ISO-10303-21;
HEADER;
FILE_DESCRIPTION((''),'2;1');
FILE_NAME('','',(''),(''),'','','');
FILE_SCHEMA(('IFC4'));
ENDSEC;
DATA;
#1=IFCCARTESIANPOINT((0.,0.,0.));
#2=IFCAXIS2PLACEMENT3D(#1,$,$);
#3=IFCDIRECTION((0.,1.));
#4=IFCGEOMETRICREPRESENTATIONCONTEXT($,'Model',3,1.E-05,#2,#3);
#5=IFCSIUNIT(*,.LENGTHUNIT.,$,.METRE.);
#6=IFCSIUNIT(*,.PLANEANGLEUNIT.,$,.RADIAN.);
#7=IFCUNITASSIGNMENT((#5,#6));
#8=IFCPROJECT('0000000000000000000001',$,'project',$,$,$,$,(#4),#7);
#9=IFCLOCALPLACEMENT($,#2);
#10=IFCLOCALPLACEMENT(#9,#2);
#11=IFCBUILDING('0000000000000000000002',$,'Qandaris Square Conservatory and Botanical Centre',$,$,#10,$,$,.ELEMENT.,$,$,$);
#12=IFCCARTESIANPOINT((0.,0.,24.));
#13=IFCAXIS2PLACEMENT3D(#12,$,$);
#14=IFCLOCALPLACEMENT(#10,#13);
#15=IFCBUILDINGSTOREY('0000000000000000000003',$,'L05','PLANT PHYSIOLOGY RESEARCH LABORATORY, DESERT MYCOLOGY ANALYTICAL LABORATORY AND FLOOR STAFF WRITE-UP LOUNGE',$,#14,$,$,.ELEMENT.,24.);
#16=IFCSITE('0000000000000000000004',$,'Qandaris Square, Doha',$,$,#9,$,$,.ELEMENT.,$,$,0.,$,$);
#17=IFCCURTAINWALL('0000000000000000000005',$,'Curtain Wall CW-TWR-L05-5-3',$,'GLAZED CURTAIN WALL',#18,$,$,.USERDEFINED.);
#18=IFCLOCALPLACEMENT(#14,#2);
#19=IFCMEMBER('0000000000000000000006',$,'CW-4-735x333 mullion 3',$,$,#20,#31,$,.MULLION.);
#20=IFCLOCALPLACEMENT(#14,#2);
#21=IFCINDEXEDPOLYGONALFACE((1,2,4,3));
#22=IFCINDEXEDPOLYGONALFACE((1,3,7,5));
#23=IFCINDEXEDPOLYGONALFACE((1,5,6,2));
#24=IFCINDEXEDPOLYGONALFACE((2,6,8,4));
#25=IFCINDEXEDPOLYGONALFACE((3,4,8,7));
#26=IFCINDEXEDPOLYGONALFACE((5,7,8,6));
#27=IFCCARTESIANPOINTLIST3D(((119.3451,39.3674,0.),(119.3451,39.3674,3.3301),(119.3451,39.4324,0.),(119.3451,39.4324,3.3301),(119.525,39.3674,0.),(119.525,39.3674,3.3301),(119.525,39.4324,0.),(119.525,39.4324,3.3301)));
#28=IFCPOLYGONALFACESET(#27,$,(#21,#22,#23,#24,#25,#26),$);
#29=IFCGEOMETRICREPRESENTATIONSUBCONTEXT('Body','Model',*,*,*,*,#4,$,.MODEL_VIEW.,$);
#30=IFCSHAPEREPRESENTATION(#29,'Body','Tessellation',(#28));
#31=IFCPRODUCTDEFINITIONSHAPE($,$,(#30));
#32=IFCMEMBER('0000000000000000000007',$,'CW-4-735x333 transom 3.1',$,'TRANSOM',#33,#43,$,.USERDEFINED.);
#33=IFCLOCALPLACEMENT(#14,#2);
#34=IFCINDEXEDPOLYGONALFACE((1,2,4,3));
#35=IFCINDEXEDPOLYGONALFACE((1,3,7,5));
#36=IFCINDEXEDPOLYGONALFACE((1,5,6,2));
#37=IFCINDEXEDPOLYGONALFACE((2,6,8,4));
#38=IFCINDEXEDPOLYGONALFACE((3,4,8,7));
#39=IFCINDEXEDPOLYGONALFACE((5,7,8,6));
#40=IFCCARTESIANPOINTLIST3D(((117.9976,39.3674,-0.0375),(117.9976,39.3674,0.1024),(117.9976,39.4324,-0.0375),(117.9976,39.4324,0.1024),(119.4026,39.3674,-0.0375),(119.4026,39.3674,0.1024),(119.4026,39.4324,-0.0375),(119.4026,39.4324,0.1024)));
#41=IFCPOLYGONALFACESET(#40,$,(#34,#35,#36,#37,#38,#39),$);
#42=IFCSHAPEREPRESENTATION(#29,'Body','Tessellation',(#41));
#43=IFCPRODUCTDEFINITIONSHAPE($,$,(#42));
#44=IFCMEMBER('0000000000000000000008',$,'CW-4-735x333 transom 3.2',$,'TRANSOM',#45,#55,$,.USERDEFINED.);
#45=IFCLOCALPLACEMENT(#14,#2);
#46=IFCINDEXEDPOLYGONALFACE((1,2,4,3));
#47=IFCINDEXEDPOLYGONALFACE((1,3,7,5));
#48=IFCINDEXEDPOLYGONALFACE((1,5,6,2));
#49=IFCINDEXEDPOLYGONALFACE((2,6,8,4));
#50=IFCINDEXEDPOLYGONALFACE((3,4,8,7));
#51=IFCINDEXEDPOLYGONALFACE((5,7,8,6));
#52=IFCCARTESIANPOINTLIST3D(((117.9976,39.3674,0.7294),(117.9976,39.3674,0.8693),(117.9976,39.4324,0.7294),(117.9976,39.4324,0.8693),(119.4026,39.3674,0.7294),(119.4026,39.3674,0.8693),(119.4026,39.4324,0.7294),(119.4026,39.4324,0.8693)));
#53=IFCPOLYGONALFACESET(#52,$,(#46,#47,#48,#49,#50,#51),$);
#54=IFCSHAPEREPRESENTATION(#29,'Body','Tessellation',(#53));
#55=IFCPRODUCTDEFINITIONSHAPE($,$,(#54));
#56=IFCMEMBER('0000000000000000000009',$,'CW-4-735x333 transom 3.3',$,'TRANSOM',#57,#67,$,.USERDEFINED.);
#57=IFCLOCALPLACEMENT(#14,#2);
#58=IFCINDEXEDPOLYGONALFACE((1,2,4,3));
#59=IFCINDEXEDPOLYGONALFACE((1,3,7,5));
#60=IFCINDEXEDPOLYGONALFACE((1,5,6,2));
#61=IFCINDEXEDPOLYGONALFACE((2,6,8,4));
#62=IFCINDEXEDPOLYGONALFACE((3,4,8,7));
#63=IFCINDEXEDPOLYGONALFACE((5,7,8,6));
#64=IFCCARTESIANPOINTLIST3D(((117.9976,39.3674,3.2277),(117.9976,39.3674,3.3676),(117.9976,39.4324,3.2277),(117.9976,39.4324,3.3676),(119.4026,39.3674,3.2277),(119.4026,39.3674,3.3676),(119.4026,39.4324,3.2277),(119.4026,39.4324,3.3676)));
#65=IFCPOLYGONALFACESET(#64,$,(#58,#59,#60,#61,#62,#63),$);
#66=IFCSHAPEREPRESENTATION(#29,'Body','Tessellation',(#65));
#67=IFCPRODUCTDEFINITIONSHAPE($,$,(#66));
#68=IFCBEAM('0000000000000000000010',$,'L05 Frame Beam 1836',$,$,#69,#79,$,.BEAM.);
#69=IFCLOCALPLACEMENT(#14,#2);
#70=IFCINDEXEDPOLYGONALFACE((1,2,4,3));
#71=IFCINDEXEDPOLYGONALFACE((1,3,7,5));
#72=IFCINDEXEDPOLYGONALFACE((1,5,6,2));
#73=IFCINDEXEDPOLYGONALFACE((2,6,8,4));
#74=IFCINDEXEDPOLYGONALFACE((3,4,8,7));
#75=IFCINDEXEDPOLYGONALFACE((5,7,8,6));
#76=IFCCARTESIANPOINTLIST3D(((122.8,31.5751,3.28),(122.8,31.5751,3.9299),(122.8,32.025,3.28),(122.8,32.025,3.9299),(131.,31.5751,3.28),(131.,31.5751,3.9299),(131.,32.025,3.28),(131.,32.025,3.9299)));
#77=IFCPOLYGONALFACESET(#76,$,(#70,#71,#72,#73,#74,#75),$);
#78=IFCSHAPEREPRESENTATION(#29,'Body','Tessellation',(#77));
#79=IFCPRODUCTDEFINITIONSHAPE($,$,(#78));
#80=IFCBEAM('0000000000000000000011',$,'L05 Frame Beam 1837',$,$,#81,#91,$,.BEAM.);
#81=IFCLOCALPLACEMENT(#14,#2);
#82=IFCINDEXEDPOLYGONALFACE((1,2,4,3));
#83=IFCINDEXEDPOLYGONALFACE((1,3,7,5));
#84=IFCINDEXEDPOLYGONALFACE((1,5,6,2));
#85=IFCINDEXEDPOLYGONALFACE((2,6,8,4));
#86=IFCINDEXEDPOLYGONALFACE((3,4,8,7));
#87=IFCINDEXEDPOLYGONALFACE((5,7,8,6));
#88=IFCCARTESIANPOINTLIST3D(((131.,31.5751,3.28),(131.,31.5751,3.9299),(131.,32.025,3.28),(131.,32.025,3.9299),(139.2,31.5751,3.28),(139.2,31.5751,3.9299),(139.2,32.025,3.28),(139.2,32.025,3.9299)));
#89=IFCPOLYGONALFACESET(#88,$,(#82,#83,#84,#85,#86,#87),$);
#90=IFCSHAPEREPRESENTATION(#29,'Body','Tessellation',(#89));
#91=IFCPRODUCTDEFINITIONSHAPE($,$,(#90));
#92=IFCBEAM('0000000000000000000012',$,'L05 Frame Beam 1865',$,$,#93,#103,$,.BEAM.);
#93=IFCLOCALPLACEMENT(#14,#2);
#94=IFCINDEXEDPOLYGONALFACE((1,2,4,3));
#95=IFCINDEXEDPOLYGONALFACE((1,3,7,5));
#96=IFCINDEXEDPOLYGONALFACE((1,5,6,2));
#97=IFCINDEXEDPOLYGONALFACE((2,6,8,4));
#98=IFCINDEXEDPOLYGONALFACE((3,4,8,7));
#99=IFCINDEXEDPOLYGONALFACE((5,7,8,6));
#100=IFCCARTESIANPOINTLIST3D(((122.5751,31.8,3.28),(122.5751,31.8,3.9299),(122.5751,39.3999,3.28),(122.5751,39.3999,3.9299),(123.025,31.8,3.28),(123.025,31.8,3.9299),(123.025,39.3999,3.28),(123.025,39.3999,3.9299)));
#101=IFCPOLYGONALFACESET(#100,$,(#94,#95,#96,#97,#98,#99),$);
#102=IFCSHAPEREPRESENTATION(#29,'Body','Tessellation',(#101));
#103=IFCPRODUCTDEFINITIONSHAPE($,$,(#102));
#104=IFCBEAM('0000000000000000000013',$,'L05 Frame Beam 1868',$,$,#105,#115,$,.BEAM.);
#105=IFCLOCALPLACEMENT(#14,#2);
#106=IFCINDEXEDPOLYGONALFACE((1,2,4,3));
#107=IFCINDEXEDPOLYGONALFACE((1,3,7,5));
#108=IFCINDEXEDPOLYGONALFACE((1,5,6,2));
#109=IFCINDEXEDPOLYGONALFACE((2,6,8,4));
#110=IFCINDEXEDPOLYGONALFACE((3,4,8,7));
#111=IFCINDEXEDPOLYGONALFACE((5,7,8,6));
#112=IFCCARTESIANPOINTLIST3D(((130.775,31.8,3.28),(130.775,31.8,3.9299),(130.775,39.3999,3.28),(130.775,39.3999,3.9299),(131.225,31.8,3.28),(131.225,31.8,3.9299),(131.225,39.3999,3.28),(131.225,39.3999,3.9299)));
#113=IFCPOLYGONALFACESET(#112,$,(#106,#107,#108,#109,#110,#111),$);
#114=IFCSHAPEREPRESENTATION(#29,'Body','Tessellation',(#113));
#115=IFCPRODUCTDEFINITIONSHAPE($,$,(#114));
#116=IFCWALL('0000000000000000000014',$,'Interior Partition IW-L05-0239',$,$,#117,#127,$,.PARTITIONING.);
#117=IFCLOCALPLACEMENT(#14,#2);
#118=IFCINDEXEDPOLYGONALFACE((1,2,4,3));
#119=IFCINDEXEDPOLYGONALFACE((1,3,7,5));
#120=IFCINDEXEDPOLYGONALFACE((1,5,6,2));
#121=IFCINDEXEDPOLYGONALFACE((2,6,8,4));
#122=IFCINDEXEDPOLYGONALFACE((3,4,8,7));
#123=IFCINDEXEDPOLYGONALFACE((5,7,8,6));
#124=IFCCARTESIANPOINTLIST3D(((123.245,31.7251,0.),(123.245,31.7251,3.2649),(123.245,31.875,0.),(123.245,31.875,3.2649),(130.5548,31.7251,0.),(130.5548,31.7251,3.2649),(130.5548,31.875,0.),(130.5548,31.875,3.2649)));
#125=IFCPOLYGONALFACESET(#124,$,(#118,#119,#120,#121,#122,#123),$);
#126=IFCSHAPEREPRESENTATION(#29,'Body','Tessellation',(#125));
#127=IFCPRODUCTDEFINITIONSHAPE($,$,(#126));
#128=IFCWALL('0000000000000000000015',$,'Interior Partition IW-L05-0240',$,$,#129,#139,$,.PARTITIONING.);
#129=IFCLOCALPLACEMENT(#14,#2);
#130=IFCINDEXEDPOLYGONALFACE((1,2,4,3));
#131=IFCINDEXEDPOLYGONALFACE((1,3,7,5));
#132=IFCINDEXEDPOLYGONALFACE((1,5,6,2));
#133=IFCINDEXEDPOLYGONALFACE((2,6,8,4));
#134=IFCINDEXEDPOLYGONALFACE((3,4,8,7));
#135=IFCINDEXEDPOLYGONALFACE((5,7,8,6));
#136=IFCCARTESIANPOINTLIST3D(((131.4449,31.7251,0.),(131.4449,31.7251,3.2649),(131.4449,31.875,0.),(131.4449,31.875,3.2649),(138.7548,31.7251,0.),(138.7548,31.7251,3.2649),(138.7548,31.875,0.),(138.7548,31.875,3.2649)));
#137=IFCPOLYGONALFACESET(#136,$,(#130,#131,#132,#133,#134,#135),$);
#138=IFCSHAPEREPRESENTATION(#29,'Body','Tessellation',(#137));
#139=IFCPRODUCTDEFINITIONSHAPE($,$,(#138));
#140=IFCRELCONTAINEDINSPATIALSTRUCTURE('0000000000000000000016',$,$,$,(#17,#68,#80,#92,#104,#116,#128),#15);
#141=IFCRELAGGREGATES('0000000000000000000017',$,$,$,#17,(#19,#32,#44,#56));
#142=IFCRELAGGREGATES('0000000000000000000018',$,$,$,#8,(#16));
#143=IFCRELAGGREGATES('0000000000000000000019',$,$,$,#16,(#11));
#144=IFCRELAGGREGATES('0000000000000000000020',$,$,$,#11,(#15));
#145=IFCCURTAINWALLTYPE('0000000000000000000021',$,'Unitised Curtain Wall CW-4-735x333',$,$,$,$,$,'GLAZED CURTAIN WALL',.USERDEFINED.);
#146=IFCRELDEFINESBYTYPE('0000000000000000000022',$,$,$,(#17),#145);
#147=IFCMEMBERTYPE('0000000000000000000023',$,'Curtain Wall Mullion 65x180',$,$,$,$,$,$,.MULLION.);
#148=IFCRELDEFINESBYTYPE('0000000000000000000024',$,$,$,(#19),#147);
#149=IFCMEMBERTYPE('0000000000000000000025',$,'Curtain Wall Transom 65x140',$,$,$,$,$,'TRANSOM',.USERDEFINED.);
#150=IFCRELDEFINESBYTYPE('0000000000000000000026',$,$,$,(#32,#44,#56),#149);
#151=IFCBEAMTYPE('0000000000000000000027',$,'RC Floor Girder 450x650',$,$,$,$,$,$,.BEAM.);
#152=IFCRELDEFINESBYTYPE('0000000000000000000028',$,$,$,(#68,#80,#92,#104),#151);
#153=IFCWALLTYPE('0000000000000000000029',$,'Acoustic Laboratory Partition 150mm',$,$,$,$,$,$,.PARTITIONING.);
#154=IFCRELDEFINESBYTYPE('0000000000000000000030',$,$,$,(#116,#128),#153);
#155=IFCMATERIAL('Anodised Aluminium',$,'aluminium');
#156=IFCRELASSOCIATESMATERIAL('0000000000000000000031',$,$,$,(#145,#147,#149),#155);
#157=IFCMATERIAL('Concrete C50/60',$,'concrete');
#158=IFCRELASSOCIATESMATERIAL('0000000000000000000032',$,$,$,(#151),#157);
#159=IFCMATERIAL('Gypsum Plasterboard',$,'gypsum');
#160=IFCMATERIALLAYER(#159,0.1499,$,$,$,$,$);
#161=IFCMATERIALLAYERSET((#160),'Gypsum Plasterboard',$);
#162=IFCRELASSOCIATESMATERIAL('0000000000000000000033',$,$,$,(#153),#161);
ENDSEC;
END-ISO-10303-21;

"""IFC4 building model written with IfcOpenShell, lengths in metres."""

from ifc_helpers import new_model, si_unit, direction, frame, frame_2d, origin, origin_2d, place, context, subcontext, project, spatial, rectangle, extrude, material, layer, layer_set, material_profile, profile_set, type_object, element, aggregate, save


model = new_model("IFC4")

# Units and contexts
model_context = context("Model", 3, precision=1e-05, world=origin(), true_north=direction((0.0, 1.0)))
body_context = subcontext(model_context, "Body", "Model", "MODEL_VIEW")
ifc_project = project(units=[si_unit("LENGTHUNIT", "METRE"), si_unit("PLANEANGLEUNIT", "RADIAN")], contexts=[model_context])

# Site, building, storey
site_placement = place(None, origin())
site = spatial("IfcSite", under=ifc_project, at=site_placement, Name="Qandaris Square, Doha", CompositionType="ELEMENT", RefElevation=0.0)
building_placement = place(site_placement, origin())
building = spatial("IfcBuilding", under=site, at=building_placement, Name="Qandaris Square Conservatory and Botanical Centre", CompositionType="ELEMENT")
storey_placement = place(building_placement, frame((0.0, 0.0, 24.0)))
storey = spatial("IfcBuildingStorey", under=building, at=storey_placement, Name="L05", Description="PLANT PHYSIOLOGY RESEARCH LABORATORY, DESERT MYCOLOGY ANALYTICAL LABORATORY AND FLOOR STAFF WRITE-UP LOUNGE", CompositionType="ELEMENT", Elevation=24.0)

# Shared definitions
ifc_material_1 = material(Name="Concrete C50/60", Category="concrete")

# Curtain wall, members
ifc_material_2 = material(Name="Anodised Aluminium", Category="aluminium")
curtain_wall_type = type_object("IfcCurtainWallType", Name="Unitised Curtain Wall CW-4-735x333", ElementType="GLAZED CURTAIN WALL", PredefinedType="USERDEFINED", material=ifc_material_2)
curtain_wall_placement = place(storey_placement, origin())
curtain_wall = element("IfcCurtainWall", 1, at=curtain_wall_placement, inside=storey, type_object=curtain_wall_type, Name="Curtain Wall CW-TWR-L05-5-3", ObjectType="GLAZED CURTAIN WALL", PredefinedType="USERDEFINED")
ifc_material_profile_1 = material_profile(ifc_material_2, rectangle(XDim=0.0649, YDim=0.1799, at=origin_2d()), Name="ALU-MUL 65x180")
ifc_profile_set_1 = profile_set([ifc_material_profile_1], Name="Anodised Aluminium")
member_type_1 = type_object("IfcMemberType", Name="Curtain Wall Mullion 65x180", PredefinedType="MULLION", material=ifc_profile_set_1)
member_1_placement = place(storey_placement, frame((119.4351, 39.3999, 0.0), z_axis=(0.0, 0.0, 1.0), x_axis=(0.0, -1.0, 0.0)))
member_1 = element("IfcMember", 2, at=member_1_placement, type_object=member_type_1, Name="CW-4-735x333 mullion 3", PredefinedType="MULLION", context=body_context, shape_type="SweptSolid", body=[
    extrude(rectangle(XDim=0.0649, YDim=0.1799, at=origin_2d()), origin(), (0.0, 0.0, 1.0), 3.3301),
])
ifc_material_profile_2 = material_profile(ifc_material_2, rectangle(XDim=0.0649, YDim=0.1399, at=origin_2d()), Name="ALU-TRN 65x140")
ifc_profile_set_2 = profile_set([ifc_material_profile_2], Name="Anodised Aluminium")
member_type_2 = type_object("IfcMemberType", Name="Curtain Wall Transom 65x140", ElementType="TRANSOM", PredefinedType="USERDEFINED", material=ifc_profile_set_2)
member_2_placement = place(storey_placement, frame((119.4026, 39.3999, 0.0325), z_axis=(-1.0, 0.0, 0.0), x_axis=(0.0, -1.0, 0.0)))
member_2 = element("IfcMember", 3, at=member_2_placement, type_object=member_type_2, Name="CW-4-735x333 transom 3.1", ObjectType="TRANSOM", PredefinedType="USERDEFINED", context=body_context, shape_type="SweptSolid", body=[
    extrude(rectangle(XDim=0.0649, YDim=0.1399, at=origin_2d()), origin(), (0.0, 0.0, 1.0), 1.405),
])
member_3_placement = place(storey_placement, frame((119.4026, 39.3999, 0.7993), z_axis=(-1.0, 0.0, 0.0), x_axis=(0.0, -1.0, 0.0)))
member_3 = element("IfcMember", 4, at=member_3_placement, type_object=member_type_2, Name="CW-4-735x333 transom 3.2", ObjectType="TRANSOM", PredefinedType="USERDEFINED", context=body_context, shape_type="SweptSolid", body=[
    extrude(rectangle(XDim=0.0649, YDim=0.1399, at=origin_2d()), origin(), (0.0, 0.0, 1.0), 1.405),
])
member_4_placement = place(storey_placement, frame((119.4026, 39.3999, 3.2976), z_axis=(-1.0, 0.0, 0.0), x_axis=(0.0, -1.0, 0.0)))
member_4 = element("IfcMember", 5, at=member_4_placement, type_object=member_type_2, Name="CW-4-735x333 transom 3.3", ObjectType="TRANSOM", PredefinedType="USERDEFINED", context=body_context, shape_type="SweptSolid", body=[
    extrude(rectangle(XDim=0.0649, YDim=0.1399, at=origin_2d()), origin(), (0.0, 0.0, 1.0), 1.405),
])
aggregate(curtain_wall, [member_1, member_2, member_3, member_4])

# Beams
ifc_material_profile_3 = material_profile(ifc_material_1, rectangle(XDim=0.45, YDim=0.6499, at=origin_2d()), Name="RC-BM 450x650")
ifc_profile_set_3 = profile_set([ifc_material_profile_3], Name="Concrete C50/60")
beam_type_1 = type_object("IfcBeamType", Name="RC Floor Girder 450x650", PredefinedType="BEAM", material=ifc_profile_set_3)
for number, where, z_axis, x_axis, name in (
    (6, (122.8, 31.8, 3.605), (1.0, 0.0, 0.0), (0.0, 1.0, 0.0), "L05 Frame Beam 1836"),
    (7, (131.0, 31.8, 3.605), (1.0, 0.0, 0.0), (0.0, 1.0, 0.0), "L05 Frame Beam 1837"),
):
    element("IfcBeam", number, at=place(storey_placement, frame(where, z_axis=z_axis, x_axis=x_axis)), inside=storey, type_object=beam_type_1, Name=name, PredefinedType="BEAM", context=body_context, shape_type="SweptSolid", body=[
        extrude(rectangle(XDim=0.45, YDim=0.6499, at=origin_2d()), origin(), (0.0, 0.0, 1.0), 8.2),
    ])
for number, where, z_axis, x_axis, name in (
    (8, (122.8, 31.8, 3.605), (0.0, 1.0, 0.0), (-1.0, 0.0, 0.0), "L05 Frame Beam 1865"),
    (9, (131.0, 31.8, 3.605), (0.0, 1.0, 0.0), (-1.0, 0.0, 0.0), "L05 Frame Beam 1868"),
):
    element("IfcBeam", number, at=place(storey_placement, frame(where, z_axis=z_axis, x_axis=x_axis)), inside=storey, type_object=beam_type_1, Name=name, PredefinedType="BEAM", context=body_context, shape_type="SweptSolid", body=[
        extrude(rectangle(XDim=0.45, YDim=0.6499, at=origin_2d()), origin(), (0.0, 0.0, 1.0), 7.5999),
    ])

# Walls
ifc_material_3 = material(Name="Gypsum Plasterboard", Category="gypsum")
ifc_layer = layer(ifc_material_3, 0.1499)
ifc_layer_set = layer_set([ifc_layer], Name="Gypsum Plasterboard")
wall_type = type_object("IfcWallType", Name="Acoustic Laboratory Partition 150mm", PredefinedType="PARTITIONING", material=ifc_layer_set)
for number, where, z_axis, x_axis, name in (
    (10, (123.2451, 31.8, 0.0), (0.0, 0.0, 1.0), (1.0, 0.0, 0.0), "Interior Partition IW-L05-0239"),
    (11, (131.4451, 31.8, 0.0), (0.0, 0.0, 1.0), (1.0, 0.0, 0.0), "Interior Partition IW-L05-0240"),
):
    element("IfcWall", number, at=place(storey_placement, frame(where, z_axis=z_axis, x_axis=x_axis)), inside=storey, type_object=wall_type, Name=name, PredefinedType="PARTITIONING", context=body_context, shape_type="SweptSolid", body=[
        extrude(rectangle(XDim=7.3098, YDim=0.1499, at=frame_2d((3.6548, 0.0))), origin(), (0.0, 0.0, 1.0), 3.2649),
    ])

save(model, "model.ifc")
